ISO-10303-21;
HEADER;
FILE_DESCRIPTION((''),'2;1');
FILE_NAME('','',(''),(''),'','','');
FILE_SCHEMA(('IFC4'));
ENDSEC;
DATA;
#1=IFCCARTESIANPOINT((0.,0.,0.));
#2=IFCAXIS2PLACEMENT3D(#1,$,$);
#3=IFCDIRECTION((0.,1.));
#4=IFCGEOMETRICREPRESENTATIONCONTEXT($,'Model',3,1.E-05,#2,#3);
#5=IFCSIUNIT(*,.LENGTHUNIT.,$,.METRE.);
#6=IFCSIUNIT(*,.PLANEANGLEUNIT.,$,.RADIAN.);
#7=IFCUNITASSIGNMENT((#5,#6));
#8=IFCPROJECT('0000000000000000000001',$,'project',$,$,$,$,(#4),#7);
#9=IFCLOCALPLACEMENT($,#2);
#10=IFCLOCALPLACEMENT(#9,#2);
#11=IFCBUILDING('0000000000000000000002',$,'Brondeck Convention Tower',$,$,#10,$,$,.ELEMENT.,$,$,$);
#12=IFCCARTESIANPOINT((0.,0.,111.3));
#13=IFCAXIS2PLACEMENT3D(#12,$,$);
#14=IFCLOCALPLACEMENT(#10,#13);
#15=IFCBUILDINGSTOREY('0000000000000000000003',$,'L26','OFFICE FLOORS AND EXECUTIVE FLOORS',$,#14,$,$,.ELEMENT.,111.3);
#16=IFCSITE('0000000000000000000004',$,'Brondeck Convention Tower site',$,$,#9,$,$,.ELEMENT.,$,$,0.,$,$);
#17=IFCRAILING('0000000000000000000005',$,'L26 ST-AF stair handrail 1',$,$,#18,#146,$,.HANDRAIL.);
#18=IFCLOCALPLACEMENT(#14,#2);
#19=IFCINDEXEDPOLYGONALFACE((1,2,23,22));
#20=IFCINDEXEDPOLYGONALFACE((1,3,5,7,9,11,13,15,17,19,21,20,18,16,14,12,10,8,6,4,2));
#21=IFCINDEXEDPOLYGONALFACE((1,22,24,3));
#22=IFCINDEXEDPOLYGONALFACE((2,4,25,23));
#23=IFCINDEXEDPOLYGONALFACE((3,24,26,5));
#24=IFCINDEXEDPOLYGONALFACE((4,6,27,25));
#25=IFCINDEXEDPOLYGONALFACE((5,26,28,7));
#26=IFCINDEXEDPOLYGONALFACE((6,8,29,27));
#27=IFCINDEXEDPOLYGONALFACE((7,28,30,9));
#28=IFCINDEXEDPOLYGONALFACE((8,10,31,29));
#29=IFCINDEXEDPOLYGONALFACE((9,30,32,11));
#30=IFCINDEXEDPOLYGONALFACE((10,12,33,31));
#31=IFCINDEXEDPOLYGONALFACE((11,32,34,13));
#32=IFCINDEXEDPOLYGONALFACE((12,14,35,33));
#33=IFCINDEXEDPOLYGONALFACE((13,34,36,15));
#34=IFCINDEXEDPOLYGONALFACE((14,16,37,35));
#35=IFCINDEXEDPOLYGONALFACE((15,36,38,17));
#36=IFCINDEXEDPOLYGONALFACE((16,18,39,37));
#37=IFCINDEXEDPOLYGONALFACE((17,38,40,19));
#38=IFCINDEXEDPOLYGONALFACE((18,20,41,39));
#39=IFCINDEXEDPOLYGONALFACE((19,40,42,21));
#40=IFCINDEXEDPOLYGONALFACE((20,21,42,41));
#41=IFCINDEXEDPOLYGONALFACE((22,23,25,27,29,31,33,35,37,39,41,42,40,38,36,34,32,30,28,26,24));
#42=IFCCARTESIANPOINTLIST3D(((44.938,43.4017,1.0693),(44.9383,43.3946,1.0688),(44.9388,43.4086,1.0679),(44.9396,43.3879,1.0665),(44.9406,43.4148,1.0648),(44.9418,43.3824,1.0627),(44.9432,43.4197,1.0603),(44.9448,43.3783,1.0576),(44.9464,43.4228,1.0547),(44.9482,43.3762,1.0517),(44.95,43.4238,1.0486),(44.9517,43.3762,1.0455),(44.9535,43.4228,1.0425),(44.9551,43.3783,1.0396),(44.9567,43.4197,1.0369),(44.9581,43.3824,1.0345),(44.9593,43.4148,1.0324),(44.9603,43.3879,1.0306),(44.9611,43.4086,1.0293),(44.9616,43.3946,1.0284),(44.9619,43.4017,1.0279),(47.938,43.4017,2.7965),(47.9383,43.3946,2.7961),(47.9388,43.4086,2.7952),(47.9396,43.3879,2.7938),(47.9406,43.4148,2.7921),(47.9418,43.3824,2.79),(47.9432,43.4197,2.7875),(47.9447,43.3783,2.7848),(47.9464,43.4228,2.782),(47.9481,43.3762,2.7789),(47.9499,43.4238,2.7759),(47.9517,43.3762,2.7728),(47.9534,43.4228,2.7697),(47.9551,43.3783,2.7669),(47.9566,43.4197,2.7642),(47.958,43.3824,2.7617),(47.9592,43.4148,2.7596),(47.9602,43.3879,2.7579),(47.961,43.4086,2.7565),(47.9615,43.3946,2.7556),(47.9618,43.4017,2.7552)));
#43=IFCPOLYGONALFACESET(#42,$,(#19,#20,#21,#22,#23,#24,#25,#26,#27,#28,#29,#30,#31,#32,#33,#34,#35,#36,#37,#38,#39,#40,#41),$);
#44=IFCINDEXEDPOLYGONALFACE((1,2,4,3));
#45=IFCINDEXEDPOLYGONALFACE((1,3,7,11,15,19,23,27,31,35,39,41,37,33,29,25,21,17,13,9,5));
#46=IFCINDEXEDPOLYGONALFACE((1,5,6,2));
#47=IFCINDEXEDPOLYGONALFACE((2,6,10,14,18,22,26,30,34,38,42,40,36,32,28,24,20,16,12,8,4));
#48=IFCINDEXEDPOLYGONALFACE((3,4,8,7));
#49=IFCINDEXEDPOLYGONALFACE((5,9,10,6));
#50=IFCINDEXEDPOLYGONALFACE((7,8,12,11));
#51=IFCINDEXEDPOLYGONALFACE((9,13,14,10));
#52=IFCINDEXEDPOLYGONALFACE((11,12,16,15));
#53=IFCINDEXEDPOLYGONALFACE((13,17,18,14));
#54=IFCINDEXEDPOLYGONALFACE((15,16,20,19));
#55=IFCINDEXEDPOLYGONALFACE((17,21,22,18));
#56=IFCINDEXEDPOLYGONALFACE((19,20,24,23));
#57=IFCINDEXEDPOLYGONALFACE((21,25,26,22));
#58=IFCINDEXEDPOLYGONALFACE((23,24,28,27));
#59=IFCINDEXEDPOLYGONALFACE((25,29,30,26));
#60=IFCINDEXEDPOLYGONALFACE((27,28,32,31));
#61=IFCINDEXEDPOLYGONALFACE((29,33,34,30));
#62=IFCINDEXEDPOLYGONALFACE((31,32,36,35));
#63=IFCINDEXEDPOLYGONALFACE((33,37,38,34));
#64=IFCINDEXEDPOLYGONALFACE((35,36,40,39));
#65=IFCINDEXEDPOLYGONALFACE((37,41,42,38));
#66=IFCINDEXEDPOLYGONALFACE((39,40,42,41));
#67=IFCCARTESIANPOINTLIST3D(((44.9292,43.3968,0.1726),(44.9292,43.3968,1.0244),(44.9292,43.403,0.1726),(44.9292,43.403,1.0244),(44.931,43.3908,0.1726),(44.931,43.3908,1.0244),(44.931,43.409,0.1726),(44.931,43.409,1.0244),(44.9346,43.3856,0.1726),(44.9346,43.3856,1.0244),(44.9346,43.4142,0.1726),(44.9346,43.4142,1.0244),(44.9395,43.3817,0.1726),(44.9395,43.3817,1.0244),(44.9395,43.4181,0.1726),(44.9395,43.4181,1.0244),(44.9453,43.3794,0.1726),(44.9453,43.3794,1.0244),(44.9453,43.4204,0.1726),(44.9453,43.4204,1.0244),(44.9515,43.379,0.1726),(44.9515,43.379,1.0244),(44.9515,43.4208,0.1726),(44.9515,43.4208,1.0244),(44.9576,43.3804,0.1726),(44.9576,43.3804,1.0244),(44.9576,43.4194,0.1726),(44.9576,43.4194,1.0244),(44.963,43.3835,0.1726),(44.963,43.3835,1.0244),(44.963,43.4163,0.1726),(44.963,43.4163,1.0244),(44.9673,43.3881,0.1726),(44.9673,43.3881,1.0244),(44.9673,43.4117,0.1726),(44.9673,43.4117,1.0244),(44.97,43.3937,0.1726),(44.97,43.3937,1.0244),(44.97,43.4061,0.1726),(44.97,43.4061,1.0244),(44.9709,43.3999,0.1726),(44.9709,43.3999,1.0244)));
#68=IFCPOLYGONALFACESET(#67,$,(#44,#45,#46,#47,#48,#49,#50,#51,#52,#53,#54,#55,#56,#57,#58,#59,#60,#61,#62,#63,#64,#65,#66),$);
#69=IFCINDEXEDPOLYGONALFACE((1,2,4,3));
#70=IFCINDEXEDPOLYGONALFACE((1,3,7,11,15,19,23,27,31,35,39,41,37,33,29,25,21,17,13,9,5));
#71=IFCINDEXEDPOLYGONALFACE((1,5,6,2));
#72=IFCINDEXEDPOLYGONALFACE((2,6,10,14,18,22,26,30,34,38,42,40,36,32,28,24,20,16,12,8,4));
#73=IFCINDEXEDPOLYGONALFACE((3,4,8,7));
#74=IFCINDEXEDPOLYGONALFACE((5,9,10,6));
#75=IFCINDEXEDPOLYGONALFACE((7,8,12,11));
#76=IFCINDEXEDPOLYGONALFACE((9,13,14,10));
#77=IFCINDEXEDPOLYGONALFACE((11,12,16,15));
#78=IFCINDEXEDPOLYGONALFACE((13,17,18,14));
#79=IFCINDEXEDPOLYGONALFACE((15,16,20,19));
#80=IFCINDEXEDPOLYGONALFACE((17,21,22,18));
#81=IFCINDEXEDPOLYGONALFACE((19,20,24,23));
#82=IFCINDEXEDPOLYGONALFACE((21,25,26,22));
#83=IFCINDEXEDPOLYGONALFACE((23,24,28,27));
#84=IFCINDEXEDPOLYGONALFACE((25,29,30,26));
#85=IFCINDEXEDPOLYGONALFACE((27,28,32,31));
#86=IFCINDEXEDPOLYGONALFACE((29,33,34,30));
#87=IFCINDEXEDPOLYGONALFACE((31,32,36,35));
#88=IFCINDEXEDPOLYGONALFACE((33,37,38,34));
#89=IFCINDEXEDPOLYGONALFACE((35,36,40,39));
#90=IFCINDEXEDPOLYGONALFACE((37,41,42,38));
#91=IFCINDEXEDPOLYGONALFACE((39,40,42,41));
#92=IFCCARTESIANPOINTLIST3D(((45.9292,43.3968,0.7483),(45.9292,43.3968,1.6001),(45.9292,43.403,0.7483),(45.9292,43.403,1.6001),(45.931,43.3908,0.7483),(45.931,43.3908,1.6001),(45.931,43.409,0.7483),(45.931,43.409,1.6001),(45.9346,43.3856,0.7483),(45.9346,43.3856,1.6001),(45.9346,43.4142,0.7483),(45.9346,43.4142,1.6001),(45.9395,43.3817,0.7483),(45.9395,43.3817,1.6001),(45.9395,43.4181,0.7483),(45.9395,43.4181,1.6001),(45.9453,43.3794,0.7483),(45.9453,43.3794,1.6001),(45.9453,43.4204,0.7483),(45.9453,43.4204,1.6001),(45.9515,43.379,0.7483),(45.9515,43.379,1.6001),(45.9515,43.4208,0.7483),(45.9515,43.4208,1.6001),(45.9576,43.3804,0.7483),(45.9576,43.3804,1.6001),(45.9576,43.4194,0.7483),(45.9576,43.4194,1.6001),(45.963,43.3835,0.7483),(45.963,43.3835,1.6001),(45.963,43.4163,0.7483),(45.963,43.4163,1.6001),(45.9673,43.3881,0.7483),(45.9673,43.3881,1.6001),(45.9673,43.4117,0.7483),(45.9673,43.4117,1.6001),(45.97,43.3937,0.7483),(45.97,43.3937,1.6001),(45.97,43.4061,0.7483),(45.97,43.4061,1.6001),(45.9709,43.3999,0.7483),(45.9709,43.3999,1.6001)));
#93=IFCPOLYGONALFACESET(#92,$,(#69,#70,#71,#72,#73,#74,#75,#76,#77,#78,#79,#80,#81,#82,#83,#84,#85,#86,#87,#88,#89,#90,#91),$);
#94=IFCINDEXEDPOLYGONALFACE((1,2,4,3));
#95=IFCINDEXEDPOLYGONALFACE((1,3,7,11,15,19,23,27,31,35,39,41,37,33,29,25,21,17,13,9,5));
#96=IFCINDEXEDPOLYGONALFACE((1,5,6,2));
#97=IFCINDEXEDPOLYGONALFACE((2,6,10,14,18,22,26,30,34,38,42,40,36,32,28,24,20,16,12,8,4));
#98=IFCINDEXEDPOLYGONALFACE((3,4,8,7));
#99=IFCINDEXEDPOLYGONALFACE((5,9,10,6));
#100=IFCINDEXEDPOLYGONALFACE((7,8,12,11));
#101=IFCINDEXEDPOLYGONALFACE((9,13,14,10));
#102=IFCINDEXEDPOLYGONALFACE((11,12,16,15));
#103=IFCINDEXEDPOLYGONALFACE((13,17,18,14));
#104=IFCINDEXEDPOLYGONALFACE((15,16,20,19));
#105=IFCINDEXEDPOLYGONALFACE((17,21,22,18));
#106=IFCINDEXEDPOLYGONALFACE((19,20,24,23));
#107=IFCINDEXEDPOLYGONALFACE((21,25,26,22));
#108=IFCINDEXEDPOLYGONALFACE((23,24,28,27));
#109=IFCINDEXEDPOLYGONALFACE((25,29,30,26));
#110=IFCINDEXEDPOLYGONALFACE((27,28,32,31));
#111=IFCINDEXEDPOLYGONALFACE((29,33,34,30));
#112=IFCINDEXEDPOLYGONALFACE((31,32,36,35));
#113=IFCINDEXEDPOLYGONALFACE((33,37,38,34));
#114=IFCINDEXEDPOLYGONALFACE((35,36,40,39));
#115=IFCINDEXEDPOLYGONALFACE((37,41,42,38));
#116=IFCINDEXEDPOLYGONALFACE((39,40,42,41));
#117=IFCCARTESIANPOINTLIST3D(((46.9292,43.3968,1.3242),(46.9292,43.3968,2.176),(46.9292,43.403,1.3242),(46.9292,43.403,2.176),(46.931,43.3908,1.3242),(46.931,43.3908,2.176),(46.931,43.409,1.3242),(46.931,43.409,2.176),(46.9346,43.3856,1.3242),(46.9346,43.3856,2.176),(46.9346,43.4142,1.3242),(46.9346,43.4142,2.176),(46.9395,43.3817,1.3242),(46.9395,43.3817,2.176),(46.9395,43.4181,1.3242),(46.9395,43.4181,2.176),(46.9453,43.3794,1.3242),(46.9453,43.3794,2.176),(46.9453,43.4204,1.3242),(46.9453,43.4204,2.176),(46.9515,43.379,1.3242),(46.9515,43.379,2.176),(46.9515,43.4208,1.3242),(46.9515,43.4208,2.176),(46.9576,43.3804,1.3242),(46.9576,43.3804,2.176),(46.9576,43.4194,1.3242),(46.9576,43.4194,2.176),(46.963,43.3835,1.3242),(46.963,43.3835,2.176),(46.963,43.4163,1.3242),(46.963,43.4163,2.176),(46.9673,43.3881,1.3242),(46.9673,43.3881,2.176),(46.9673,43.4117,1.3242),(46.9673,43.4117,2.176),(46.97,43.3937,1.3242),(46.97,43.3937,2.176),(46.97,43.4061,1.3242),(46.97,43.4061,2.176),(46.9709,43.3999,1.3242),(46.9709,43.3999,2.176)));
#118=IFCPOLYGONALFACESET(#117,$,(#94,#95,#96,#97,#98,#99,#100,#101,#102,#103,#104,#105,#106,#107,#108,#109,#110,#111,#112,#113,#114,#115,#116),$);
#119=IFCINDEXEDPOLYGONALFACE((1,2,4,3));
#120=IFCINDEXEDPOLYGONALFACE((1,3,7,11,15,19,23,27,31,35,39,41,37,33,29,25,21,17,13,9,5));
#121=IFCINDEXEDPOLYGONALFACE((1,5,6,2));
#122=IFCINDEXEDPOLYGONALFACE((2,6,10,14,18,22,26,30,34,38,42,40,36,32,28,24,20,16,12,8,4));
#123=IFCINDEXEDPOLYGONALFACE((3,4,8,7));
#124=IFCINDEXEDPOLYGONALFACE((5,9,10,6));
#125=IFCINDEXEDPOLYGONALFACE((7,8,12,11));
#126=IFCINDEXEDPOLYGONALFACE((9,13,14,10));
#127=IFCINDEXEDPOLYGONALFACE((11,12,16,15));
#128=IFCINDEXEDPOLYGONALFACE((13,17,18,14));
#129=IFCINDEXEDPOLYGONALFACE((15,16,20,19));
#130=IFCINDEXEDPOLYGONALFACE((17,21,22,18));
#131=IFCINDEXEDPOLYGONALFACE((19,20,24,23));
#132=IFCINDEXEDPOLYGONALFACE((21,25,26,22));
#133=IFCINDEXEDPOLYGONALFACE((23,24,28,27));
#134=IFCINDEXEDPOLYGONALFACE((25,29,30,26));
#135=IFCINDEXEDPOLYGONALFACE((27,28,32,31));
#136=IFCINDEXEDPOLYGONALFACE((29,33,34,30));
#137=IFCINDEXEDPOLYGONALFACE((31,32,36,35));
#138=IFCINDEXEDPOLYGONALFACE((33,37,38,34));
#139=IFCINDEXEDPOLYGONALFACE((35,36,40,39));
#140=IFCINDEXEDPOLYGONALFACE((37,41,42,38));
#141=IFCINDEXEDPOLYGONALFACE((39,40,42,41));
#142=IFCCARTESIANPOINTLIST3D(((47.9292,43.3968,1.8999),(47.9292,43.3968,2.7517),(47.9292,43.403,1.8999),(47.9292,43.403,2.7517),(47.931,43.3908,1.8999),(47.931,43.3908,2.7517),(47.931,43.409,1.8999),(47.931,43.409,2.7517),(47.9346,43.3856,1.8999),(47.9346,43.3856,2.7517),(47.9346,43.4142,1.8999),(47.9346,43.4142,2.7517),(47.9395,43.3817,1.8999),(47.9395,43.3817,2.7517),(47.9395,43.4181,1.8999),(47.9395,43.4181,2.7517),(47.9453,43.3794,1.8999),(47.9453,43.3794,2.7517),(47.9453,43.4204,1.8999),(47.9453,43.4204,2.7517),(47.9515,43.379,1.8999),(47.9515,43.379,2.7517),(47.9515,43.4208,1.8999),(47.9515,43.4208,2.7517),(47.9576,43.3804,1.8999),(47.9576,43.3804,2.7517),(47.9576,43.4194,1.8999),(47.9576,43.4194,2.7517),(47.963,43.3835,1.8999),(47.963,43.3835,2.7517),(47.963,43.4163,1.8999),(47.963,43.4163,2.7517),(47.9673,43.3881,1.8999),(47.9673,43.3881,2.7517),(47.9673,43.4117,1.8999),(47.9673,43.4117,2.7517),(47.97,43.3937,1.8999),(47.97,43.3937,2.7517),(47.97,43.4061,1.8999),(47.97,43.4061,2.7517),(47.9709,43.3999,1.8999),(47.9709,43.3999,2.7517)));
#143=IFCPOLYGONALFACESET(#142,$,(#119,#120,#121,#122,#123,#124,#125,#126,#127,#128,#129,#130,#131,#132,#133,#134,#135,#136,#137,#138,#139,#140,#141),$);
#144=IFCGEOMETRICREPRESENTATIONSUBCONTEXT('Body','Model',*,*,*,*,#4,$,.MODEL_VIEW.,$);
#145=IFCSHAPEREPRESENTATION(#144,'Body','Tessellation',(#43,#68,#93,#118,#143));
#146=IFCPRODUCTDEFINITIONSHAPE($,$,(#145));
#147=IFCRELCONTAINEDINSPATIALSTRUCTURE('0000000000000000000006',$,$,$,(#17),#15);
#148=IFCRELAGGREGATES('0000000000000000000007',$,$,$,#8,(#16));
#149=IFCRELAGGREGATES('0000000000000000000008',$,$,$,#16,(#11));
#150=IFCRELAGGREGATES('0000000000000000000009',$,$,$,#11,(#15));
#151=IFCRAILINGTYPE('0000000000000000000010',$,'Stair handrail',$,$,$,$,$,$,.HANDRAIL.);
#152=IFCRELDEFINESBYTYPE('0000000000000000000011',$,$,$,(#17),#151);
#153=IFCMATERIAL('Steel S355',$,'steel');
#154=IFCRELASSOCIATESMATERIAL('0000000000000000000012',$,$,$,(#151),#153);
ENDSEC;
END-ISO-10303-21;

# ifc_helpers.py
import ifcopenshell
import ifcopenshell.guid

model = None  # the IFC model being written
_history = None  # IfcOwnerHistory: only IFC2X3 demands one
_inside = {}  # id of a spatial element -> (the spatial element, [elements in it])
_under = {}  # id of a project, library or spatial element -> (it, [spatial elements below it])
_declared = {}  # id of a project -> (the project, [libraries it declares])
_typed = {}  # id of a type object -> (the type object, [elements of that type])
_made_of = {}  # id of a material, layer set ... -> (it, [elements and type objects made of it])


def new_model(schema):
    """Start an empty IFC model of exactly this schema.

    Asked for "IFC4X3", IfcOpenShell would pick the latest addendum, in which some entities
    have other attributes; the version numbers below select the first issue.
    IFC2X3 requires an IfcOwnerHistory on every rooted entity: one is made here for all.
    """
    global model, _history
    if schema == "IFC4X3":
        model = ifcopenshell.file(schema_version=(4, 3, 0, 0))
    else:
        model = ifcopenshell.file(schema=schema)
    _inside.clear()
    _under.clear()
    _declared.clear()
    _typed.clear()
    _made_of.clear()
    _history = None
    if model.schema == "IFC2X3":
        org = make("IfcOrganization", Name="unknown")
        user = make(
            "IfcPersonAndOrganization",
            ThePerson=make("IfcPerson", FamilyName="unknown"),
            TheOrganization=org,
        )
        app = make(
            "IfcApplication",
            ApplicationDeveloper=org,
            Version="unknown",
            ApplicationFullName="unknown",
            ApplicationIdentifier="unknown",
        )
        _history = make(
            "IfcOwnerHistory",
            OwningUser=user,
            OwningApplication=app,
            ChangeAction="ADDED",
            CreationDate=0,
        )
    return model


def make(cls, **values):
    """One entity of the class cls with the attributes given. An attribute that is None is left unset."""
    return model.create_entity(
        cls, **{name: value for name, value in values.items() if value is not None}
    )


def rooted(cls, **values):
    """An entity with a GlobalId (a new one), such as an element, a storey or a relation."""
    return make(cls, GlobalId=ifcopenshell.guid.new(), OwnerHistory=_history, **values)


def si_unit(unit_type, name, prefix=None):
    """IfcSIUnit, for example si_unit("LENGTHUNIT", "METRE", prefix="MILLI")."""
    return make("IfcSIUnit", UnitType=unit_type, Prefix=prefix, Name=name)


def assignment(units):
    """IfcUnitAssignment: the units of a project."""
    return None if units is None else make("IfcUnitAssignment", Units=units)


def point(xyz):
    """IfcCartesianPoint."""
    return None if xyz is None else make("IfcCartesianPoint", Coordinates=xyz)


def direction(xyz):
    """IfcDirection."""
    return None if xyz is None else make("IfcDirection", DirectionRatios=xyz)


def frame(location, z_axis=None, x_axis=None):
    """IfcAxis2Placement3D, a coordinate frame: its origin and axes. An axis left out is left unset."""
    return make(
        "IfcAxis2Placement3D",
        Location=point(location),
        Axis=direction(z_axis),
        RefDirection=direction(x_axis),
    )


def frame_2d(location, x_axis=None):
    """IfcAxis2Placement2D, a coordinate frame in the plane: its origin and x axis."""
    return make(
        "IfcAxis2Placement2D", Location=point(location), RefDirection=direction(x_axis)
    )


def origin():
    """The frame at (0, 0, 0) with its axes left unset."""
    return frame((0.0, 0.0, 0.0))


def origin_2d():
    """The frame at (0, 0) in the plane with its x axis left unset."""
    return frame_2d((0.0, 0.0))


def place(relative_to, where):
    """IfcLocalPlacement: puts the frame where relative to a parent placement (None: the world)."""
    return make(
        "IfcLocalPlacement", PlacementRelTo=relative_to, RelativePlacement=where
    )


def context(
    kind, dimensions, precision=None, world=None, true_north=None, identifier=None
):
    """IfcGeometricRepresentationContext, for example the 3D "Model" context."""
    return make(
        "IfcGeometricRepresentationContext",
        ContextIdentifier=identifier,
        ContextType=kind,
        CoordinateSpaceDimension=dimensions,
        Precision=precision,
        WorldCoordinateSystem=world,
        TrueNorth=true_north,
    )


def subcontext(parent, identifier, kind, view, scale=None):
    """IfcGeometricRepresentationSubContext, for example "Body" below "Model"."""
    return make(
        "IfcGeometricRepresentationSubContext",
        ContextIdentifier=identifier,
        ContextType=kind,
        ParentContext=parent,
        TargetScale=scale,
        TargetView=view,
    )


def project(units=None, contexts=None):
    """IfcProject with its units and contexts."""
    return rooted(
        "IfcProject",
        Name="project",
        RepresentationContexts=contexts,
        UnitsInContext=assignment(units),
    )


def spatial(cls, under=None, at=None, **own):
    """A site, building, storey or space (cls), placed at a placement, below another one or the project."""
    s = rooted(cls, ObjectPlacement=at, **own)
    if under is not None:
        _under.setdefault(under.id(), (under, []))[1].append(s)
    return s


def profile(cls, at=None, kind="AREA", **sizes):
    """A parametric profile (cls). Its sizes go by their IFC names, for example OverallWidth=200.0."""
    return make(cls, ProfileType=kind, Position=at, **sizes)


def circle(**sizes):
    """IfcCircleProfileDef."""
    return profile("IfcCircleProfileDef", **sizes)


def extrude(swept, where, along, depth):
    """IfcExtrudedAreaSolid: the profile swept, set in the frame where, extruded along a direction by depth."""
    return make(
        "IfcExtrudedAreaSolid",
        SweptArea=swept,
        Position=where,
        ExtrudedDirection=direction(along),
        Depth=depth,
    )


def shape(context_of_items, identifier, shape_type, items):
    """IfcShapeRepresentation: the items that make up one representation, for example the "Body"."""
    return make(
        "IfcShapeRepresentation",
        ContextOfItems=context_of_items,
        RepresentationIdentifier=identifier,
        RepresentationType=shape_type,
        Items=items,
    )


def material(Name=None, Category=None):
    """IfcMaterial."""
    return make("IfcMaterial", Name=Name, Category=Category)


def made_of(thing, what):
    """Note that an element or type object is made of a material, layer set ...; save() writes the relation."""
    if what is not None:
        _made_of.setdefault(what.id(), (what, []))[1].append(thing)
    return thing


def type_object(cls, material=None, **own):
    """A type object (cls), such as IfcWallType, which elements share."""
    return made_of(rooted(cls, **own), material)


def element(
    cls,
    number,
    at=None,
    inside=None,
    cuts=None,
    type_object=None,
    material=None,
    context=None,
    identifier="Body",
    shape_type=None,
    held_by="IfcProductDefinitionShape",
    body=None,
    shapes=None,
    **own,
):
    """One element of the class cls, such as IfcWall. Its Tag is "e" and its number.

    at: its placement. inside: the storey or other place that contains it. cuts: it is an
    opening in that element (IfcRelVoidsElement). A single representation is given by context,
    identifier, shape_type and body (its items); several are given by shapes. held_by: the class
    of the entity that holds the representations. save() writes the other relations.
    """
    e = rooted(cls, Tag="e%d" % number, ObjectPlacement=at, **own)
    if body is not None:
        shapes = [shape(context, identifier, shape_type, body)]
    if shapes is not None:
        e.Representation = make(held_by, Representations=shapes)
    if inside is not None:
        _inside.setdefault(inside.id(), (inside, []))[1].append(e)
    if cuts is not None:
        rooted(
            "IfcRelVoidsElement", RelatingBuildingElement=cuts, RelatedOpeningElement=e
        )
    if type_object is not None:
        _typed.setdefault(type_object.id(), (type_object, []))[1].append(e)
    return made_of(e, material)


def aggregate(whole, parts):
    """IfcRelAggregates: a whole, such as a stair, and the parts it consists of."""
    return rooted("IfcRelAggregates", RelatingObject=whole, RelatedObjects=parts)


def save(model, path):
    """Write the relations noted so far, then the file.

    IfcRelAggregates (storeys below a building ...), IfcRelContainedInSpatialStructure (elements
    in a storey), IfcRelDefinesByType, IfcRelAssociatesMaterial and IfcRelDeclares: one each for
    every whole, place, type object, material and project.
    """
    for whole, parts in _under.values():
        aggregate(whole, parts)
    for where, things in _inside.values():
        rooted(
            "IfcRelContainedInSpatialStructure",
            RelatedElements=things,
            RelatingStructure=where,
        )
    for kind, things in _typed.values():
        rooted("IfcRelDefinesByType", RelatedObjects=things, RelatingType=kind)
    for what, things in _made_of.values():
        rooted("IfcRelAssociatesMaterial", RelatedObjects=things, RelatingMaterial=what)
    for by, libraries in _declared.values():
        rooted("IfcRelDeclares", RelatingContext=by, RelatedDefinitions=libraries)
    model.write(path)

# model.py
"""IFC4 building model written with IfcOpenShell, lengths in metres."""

from ifc_helpers import new_model, si_unit, direction, frame, origin, origin_2d, place, context, subcontext, project, spatial, circle, extrude, material, type_object, element, save


model = new_model("IFC4")

# Units and contexts
model_context = context("Model", 3, precision=1e-05, world=origin(), true_north=direction((0.0, 1.0)))
body_context = subcontext(model_context, "Body", "Model", "MODEL_VIEW")
ifc_project = project(units=[si_unit("LENGTHUNIT", "METRE"), si_unit("PLANEANGLEUNIT", "RADIAN")], contexts=[model_context])

# Site, building, storey
site_placement = place(None, origin())
site = spatial("IfcSite", under=ifc_project, at=site_placement, Name="Brondeck Convention Tower site", CompositionType="ELEMENT", RefElevation=0.0)
building_placement = place(site_placement, origin())
building = spatial("IfcBuilding", under=site, at=building_placement, Name="Brondeck Convention Tower", CompositionType="ELEMENT")
storey_placement = place(building_placement, frame((0.0, 0.0, 111.3)))
storey = spatial("IfcBuildingStorey", under=building, at=storey_placement, Name="L26", Description="OFFICE FLOORS AND EXECUTIVE FLOORS", CompositionType="ELEMENT", Elevation=111.3)

# Shared definitions
ifc_material_1 = material(Name="Steel S355", Category="steel")

# Railing
railing_type_1 = type_object("IfcRailingType", Name="Stair handrail", PredefinedType="HANDRAIL", material=ifc_material_1)
railing_1_placement = place(storey_placement, frame((44.95, 43.3999, 0.1726)))
element("IfcRailing", 1, at=railing_1_placement, inside=storey, type_object=railing_type_1, Name="L26 ST-AF stair handrail 1", PredefinedType="HANDRAIL", context=body_context, shape_type="SweptSolid", body=[
    extrude(circle(Radius=0.0239, at=origin_2d()), frame((0.0, 0.0, 0.876), z_axis=(0.86662, 0.0, 0.498969), x_axis=(0.0, 1.0, 0.0)), (0.0, 0.0, 1.0), 3.4617),
    extrude(circle(Radius=0.021, at=origin_2d()), origin(), (0.0, 0.0, 1.0), 0.8518),
    extrude(circle(Radius=0.021, at=origin_2d()), frame((1.0, 0.0, 0.5757)), (0.0, 0.0, 1.0), 0.8518),
    extrude(circle(Radius=0.021, at=origin_2d()), frame((2.0, 0.0, 1.1516)), (0.0, 0.0, 1.0), 0.8518),
    extrude(circle(Radius=0.021, at=origin_2d()), frame((3.0, 0.0, 1.7273)), (0.0, 0.0, 1.0), 0.8518),
])

save(model, "model.ifc")
